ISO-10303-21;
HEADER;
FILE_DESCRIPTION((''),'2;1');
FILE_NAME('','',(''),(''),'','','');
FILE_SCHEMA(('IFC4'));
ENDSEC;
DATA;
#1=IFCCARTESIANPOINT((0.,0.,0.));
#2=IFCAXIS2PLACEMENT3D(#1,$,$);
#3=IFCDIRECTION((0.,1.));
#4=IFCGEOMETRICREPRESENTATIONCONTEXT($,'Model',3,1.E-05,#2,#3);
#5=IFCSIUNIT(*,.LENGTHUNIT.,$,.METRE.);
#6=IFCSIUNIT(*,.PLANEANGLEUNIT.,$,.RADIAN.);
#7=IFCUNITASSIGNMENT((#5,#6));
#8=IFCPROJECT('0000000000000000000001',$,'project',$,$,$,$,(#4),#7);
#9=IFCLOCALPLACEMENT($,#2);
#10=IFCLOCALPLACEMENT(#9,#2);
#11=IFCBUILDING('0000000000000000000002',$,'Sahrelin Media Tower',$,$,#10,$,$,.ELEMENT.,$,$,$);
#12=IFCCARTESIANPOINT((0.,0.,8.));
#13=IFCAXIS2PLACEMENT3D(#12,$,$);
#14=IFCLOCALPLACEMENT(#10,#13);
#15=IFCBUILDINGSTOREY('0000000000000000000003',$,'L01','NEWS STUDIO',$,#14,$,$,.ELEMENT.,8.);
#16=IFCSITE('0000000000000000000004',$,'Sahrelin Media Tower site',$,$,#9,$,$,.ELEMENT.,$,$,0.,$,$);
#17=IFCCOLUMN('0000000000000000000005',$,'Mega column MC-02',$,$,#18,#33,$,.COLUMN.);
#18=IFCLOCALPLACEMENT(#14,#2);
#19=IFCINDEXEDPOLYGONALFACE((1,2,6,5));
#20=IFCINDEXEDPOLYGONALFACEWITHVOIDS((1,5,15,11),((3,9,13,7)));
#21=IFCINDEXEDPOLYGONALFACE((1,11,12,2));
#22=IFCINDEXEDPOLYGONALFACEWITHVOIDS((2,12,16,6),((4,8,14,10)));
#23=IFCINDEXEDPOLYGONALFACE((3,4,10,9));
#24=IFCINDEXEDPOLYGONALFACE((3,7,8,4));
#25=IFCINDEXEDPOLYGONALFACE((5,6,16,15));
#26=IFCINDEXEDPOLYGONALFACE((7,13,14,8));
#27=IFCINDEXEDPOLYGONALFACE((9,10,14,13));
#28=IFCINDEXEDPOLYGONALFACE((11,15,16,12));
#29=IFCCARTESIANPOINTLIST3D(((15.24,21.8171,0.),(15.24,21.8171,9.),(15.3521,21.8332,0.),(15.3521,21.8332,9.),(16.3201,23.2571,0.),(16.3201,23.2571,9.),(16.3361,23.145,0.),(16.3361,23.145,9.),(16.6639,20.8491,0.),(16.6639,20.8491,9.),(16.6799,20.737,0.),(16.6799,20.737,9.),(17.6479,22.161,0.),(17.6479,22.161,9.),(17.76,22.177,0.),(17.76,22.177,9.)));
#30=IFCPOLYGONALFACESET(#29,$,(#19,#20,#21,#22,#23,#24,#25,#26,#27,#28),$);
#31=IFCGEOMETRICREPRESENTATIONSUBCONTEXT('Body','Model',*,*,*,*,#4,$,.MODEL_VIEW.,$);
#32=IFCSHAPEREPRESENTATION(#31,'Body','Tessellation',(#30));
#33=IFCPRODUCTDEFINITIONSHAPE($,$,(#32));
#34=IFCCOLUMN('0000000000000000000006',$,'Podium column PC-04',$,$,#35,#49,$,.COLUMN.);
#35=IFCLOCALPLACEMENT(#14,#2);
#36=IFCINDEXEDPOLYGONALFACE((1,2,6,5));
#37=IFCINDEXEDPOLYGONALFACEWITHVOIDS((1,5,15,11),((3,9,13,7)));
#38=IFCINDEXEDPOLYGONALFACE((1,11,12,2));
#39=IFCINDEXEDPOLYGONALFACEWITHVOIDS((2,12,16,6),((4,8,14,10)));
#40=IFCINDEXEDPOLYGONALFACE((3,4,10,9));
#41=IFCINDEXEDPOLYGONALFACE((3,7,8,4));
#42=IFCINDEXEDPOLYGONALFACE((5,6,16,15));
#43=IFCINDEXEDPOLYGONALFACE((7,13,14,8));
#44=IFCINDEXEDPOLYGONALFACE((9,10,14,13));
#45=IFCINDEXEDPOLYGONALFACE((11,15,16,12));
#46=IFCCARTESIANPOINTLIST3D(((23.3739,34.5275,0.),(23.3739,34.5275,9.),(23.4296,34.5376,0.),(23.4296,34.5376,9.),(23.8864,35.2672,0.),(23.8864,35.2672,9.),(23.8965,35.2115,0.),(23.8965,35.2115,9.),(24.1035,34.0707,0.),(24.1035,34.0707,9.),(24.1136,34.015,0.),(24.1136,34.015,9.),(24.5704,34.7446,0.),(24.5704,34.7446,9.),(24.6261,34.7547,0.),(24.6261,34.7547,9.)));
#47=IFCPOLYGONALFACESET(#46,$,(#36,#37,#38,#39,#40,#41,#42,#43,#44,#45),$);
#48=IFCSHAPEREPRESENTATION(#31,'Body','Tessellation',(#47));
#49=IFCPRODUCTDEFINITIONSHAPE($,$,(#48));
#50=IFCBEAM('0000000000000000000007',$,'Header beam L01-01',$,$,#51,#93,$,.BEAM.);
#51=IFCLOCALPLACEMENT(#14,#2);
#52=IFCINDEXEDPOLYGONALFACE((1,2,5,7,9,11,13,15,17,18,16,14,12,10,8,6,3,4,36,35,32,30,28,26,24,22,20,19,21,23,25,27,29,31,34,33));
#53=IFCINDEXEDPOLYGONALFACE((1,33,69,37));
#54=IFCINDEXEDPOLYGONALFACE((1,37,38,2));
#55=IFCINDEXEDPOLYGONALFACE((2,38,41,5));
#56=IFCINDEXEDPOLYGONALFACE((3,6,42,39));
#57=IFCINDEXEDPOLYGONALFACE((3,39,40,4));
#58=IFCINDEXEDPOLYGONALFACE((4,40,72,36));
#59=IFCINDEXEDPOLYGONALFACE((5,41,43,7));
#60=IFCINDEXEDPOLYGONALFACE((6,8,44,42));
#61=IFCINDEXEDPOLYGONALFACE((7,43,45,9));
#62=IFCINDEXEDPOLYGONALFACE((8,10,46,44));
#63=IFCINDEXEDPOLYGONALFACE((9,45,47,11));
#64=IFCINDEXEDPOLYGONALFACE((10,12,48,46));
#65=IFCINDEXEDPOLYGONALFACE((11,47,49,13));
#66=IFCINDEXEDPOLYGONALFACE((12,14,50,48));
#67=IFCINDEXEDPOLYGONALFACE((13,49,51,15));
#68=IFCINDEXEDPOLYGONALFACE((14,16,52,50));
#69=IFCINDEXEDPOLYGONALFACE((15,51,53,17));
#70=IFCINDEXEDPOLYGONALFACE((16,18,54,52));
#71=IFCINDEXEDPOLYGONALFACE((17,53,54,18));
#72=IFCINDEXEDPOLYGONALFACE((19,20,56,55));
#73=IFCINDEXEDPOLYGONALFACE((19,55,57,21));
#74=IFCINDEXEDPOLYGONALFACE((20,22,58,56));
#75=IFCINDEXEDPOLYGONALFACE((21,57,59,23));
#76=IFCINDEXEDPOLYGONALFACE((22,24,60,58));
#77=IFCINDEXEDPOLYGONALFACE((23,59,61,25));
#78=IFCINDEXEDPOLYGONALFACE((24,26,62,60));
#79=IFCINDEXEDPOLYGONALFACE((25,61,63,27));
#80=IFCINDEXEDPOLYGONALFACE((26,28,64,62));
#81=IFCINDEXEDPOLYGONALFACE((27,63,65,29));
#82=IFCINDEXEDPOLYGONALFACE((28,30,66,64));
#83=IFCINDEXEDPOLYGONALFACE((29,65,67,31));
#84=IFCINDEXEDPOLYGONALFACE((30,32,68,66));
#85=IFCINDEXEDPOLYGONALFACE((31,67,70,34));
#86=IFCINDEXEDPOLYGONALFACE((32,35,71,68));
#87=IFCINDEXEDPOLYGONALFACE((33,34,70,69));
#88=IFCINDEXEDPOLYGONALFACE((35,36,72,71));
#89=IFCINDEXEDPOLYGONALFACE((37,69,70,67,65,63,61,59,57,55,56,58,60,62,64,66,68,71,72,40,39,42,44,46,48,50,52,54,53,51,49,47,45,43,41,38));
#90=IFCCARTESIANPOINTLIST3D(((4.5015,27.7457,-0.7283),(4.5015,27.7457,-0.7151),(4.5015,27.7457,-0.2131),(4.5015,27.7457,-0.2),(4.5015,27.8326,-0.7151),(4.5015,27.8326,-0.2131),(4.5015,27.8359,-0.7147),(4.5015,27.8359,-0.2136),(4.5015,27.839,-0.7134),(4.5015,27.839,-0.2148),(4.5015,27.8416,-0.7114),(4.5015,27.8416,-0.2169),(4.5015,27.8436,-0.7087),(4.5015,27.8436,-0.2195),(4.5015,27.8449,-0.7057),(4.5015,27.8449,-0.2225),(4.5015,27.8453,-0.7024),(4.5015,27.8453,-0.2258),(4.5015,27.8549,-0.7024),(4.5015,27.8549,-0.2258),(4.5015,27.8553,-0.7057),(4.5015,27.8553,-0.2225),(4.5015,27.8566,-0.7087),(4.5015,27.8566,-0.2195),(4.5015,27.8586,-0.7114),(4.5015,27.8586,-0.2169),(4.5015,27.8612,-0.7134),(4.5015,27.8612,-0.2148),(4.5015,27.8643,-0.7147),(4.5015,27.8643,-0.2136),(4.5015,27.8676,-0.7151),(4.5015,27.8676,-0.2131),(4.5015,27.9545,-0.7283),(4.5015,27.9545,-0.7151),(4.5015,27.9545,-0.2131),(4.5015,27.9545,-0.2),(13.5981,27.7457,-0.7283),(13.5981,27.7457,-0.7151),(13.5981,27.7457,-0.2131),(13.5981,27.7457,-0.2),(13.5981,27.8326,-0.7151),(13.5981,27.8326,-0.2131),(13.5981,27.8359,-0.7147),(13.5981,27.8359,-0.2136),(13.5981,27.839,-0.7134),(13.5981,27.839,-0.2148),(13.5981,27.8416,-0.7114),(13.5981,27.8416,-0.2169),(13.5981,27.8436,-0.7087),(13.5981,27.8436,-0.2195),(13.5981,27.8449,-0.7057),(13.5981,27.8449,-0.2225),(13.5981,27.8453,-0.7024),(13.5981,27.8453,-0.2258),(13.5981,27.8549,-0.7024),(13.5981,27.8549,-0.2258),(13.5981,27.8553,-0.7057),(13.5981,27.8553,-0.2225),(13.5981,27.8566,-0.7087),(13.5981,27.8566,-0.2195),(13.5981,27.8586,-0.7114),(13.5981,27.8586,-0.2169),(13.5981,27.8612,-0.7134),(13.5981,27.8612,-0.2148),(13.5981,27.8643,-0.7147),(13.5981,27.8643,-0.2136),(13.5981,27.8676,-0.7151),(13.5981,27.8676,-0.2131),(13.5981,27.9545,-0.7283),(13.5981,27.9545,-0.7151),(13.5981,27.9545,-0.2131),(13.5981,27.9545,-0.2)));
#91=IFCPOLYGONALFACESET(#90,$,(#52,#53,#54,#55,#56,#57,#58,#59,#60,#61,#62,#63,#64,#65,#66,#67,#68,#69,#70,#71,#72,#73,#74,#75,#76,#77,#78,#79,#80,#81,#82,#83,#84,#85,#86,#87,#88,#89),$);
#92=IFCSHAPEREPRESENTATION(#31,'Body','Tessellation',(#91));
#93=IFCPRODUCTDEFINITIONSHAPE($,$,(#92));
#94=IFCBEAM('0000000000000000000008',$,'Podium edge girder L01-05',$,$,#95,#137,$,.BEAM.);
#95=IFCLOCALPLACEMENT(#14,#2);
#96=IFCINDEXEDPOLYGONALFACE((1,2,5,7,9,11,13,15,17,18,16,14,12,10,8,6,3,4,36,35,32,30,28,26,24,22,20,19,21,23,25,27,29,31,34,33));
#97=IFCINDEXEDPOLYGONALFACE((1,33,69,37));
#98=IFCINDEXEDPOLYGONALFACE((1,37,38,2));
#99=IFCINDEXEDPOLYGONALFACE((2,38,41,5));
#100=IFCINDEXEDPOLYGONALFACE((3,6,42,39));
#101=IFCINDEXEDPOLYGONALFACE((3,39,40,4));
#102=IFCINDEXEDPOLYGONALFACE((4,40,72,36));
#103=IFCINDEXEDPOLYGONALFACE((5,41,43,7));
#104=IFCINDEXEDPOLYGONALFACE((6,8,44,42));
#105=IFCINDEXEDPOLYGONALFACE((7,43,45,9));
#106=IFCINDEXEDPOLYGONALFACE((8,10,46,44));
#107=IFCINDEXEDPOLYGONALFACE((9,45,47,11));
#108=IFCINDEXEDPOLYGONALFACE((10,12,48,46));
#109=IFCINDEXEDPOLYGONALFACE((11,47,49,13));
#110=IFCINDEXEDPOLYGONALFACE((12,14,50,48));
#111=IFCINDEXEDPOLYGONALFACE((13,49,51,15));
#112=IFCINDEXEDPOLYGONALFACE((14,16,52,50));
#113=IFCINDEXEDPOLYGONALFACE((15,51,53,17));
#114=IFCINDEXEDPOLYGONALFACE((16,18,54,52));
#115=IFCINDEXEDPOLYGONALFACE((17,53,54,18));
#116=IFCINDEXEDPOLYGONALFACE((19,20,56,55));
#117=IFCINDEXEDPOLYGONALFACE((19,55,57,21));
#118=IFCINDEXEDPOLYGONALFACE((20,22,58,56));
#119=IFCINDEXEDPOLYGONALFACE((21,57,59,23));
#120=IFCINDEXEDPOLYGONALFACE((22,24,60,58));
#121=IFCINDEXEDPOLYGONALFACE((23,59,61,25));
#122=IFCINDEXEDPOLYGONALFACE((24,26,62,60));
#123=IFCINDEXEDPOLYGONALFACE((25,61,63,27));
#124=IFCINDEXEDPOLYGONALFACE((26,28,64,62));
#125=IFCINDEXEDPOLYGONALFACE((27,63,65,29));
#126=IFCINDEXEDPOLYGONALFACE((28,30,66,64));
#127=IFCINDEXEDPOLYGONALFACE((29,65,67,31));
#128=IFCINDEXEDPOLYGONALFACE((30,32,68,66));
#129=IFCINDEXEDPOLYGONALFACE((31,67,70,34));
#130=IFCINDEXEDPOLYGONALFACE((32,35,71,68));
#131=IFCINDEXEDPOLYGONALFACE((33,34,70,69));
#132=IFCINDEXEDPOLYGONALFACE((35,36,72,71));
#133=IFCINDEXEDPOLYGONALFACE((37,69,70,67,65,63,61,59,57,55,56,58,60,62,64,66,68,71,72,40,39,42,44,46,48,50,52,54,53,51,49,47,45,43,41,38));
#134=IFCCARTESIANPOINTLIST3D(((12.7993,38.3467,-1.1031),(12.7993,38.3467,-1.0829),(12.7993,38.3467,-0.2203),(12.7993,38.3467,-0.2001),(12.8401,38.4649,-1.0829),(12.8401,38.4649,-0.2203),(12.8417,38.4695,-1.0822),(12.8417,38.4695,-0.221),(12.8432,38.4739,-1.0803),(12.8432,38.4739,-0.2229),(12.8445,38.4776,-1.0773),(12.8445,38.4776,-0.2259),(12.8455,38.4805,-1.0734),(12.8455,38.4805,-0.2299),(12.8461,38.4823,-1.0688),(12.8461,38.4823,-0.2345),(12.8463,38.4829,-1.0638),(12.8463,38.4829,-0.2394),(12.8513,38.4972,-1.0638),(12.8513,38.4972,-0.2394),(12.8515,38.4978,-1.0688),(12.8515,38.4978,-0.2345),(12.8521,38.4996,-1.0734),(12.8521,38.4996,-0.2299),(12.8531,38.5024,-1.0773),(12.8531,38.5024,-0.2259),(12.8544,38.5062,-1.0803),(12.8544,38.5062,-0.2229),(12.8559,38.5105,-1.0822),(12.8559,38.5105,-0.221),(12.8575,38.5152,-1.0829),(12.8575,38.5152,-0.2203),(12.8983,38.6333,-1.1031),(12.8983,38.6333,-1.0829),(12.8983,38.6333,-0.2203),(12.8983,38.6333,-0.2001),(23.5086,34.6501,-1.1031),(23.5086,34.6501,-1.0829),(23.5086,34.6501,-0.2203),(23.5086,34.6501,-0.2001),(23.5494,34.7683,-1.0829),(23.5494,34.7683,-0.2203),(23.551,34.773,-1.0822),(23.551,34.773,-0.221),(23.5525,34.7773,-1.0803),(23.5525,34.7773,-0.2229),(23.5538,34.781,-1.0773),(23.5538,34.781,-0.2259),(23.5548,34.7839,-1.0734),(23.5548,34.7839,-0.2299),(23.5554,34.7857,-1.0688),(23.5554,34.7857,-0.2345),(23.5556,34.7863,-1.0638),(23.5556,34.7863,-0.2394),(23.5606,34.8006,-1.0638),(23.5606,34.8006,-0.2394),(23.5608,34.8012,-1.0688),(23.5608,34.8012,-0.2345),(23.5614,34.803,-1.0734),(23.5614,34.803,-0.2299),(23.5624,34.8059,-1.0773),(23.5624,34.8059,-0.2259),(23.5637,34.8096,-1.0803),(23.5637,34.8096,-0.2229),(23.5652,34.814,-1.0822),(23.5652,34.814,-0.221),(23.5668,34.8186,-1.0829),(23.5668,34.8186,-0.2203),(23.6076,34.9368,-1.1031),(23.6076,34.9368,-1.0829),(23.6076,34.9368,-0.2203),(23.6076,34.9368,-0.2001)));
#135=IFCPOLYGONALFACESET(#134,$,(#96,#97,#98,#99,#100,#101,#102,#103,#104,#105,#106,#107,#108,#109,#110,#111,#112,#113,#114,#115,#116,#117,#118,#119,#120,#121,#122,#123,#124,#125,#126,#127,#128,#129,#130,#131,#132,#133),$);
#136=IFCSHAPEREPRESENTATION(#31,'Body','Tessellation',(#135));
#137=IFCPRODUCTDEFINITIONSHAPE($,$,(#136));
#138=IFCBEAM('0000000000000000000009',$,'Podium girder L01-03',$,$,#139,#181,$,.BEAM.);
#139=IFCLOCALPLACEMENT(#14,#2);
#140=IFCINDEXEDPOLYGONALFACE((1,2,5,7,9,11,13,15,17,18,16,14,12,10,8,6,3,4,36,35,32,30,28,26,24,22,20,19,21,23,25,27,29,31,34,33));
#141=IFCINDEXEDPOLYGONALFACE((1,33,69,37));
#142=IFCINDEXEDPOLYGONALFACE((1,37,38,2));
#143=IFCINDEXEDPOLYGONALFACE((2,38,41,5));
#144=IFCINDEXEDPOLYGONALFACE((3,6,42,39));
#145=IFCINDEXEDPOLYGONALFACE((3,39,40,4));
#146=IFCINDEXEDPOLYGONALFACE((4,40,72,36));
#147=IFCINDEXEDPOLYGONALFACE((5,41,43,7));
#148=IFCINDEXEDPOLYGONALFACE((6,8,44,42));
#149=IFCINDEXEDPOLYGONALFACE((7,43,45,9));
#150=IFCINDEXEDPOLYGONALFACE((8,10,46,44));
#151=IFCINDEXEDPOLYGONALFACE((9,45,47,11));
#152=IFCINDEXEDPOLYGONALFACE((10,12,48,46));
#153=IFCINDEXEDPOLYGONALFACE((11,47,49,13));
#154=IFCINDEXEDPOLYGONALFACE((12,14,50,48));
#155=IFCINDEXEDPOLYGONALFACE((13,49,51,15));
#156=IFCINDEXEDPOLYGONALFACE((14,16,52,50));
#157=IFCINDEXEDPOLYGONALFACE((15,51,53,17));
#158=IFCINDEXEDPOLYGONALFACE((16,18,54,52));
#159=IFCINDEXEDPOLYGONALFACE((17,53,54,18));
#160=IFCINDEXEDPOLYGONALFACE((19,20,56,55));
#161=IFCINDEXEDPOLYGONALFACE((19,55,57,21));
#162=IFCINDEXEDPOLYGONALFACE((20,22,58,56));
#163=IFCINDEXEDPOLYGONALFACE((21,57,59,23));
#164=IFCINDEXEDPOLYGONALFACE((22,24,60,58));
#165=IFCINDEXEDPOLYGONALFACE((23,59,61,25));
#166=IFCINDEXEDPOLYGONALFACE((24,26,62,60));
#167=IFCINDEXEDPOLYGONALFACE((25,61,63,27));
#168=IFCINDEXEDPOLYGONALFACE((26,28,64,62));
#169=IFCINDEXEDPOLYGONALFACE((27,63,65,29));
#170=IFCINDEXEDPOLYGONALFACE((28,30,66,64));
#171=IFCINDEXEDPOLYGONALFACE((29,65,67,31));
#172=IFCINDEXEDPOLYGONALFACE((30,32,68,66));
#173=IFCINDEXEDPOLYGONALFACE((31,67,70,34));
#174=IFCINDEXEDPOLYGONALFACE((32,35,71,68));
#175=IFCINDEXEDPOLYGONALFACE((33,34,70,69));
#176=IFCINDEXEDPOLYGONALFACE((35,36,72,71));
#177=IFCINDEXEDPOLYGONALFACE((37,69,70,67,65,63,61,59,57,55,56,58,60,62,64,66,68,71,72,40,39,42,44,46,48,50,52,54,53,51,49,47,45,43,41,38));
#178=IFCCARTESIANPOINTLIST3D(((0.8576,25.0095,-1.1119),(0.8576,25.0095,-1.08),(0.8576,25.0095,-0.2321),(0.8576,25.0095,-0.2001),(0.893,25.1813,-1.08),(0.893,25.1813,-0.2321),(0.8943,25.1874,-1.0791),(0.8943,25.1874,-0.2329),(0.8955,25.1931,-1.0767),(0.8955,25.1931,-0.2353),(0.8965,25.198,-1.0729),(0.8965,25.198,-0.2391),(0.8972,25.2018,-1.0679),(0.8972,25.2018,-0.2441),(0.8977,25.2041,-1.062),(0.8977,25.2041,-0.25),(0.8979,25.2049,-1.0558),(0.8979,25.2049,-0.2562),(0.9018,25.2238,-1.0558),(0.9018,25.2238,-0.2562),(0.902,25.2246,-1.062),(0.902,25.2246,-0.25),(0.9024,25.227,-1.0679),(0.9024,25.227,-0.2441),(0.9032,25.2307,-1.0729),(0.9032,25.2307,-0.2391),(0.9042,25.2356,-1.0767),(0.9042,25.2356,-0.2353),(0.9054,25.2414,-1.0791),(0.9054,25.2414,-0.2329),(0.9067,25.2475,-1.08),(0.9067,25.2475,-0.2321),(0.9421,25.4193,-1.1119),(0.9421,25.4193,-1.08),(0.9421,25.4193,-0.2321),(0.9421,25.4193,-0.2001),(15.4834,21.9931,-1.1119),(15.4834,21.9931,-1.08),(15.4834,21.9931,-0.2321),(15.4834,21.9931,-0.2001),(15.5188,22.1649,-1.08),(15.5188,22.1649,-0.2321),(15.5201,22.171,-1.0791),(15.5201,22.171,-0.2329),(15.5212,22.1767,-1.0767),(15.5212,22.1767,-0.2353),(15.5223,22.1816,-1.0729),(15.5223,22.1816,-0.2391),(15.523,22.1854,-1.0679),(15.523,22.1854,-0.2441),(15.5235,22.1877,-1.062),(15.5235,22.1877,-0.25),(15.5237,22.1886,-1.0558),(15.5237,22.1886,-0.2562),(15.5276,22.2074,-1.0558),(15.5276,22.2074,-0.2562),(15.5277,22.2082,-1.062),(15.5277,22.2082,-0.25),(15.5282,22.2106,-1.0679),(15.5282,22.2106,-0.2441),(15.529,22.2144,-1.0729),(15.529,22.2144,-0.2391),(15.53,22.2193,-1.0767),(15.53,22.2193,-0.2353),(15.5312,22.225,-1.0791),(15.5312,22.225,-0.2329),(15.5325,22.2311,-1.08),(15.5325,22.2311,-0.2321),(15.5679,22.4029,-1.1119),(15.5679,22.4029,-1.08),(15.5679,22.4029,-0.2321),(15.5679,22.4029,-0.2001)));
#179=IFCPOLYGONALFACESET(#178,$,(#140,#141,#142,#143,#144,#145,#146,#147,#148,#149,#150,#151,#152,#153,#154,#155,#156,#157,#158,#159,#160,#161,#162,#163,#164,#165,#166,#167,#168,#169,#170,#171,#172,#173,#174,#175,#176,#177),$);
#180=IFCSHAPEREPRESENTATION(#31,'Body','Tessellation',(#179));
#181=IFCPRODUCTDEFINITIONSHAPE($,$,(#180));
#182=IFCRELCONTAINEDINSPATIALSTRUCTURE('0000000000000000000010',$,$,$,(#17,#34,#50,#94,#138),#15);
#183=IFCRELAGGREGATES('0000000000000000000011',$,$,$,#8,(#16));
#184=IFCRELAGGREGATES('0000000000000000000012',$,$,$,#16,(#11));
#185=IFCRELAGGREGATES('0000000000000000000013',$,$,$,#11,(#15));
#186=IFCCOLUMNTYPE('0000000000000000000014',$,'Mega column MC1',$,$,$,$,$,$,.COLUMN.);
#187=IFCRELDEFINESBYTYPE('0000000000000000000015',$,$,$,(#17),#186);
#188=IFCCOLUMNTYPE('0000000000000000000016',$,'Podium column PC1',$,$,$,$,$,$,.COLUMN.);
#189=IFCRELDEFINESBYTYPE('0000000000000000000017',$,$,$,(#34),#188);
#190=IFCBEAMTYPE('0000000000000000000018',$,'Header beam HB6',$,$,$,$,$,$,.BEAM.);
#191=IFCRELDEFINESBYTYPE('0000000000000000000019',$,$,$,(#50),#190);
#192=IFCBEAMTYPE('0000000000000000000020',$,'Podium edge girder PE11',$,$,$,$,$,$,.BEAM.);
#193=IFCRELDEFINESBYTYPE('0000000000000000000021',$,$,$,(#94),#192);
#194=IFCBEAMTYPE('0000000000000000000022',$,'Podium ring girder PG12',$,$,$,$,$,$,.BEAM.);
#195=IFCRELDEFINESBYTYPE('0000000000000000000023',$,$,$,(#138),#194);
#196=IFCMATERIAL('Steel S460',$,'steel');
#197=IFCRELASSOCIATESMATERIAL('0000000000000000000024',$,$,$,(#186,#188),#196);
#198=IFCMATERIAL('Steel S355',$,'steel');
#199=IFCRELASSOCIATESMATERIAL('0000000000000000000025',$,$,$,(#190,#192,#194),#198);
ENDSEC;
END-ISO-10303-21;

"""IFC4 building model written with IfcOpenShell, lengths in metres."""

from ifc_helpers import new_model, si_unit, direction, frame, origin, origin_2d, place, context, subcontext, project, spatial, hollow_rectangle, i_section, extrude, material, material_profile, profile_set, type_object, element, save


model = new_model("IFC4")

# Units and contexts
model_context = context("Model", 3, precision=1e-05, world=origin(), true_north=direction((0.0, 1.0)))
body_context = subcontext(model_context, "Body", "Model", "MODEL_VIEW")
ifc_project = project(units=[si_unit("LENGTHUNIT", "METRE"), si_unit("PLANEANGLEUNIT", "RADIAN")], contexts=[model_context])

# Site, building, storey
site_placement = place(None, origin())
site = spatial("IfcSite", under=ifc_project, at=site_placement, Name="Sahrelin Media Tower site", CompositionType="ELEMENT", RefElevation=0.0)
building_placement = place(site_placement, origin())
building = spatial("IfcBuilding", under=site, at=building_placement, Name="Sahrelin Media Tower", CompositionType="ELEMENT")
storey_placement = place(building_placement, frame((0.0, 0.0, 8.0)))
storey = spatial("IfcBuildingStorey", under=building, at=storey_placement, Name="L01", Description="NEWS STUDIO", CompositionType="ELEMENT", Elevation=8.0)

# Columns
ifc_material_1 = material(Name="Steel S460", Category="steel")
ifc_material_profile_1 = material_profile(ifc_material_1, hollow_rectangle(XDim=1.8, YDim=1.8, WallThickness=0.0801, at=origin_2d()), Name="Mega column MC1")
ifc_profile_set_1 = profile_set([ifc_material_profile_1], Name="Steel S460")
column_type_1 = type_object("IfcColumnType", Name="Mega column MC1", PredefinedType="COLUMN", material=ifc_profile_set_1)
column_1_placement = place(storey_placement, frame((16.5, 21.9971, 0.0), z_axis=(0.0, 0.0, 1.0), x_axis=(0.600052, 0.799961, 0.0)))
element("IfcColumn", 1, at=column_1_placement, inside=storey, type_object=column_type_1, Name="Mega column MC-02", PredefinedType="COLUMN", context=body_context, shape_type="SweptSolid", body=[
    extrude(hollow_rectangle(XDim=1.8, YDim=1.8, WallThickness=0.0801, at=origin_2d()), origin(), (0.0, 0.0, 1.0), 9.0),
])
ifc_material_profile_2 = material_profile(ifc_material_1, hollow_rectangle(XDim=0.8999, YDim=0.8999, WallThickness=0.04, at=origin_2d()), Name="Podium column PC1")
ifc_profile_set_2 = profile_set([ifc_material_profile_2], Name="Steel S460")
column_type_2 = type_object("IfcColumnType", Name="Podium column PC1", PredefinedType="COLUMN", material=ifc_profile_set_2)
column_2_placement = place(storey_placement, frame((24.0, 34.6411, 0.0), z_axis=(0.0, 0.0, 1.0), x_axis=(0.569495, 0.821995, 0.0)))
element("IfcColumn", 2, at=column_2_placement, inside=storey, type_object=column_type_2, Name="Podium column PC-04", PredefinedType="COLUMN", context=body_context, shape_type="SweptSolid", body=[
    extrude(hollow_rectangle(XDim=0.8999, YDim=0.8999, WallThickness=0.04, at=origin_2d()), origin(), (0.0, 0.0, 1.0), 9.0),
])

# Beams
ifc_material_2 = material(Name="Steel S355", Category="steel")
ifc_material_profile_3 = material_profile(ifc_material_2, i_section(OverallWidth=0.2087, OverallDepth=0.5283, WebThickness=0.0095, FlangeThickness=0.0132, FilletRadius=0.0127, at=origin_2d()), Name="UB 533x210x82")
ifc_profile_set_3 = profile_set([ifc_material_profile_3], Name="Steel S355")
beam_type_1 = type_object("IfcBeamType", Name="Header beam HB6", PredefinedType="BEAM", material=ifc_profile_set_3)
beam_1_placement = place(storey_placement, frame((13.5981, 27.8501, -0.4641), z_axis=(-1.0, 0.0, 0.0), x_axis=(0.0, -1.0, 0.0)))
element("IfcBeam", 3, at=beam_1_placement, inside=storey, type_object=beam_type_1, Name="Header beam L01-01", PredefinedType="BEAM", context=body_context, shape_type="SweptSolid", body=[
    extrude(i_section(OverallWidth=0.2087, OverallDepth=0.5283, WebThickness=0.0095, FlangeThickness=0.0132, FilletRadius=0.0127, at=origin_2d()), origin(), (0.0, 0.0, 1.0), 9.0967),
])
ifc_material_profile_4 = material_profile(ifc_material_2, i_section(OverallWidth=0.3032, OverallDepth=0.9031, WebThickness=0.0151, FlangeThickness=0.0203, FilletRadius=0.019, at=origin_2d()), Name="UB 914x305x201")
ifc_profile_set_4 = profile_set([ifc_material_profile_4], Name="Steel S355")
beam_type_2 = type_object("IfcBeamType", Name="Podium edge girder PE11", PredefinedType="BEAM", material=ifc_profile_set_4)
beam_2_placement = place(storey_placement, frame((23.5581, 34.7935, -0.6516), z_axis=(-0.945272, 0.326282, 0.0), x_axis=(-0.326282, -0.945272, 0.0)))
element("IfcBeam", 4, at=beam_2_placement, inside=storey, type_object=beam_type_2, Name="Podium edge girder L01-05", PredefinedType="BEAM", context=body_context, shape_type="SweptSolid", body=[
    extrude(i_section(OverallWidth=0.3032, OverallDepth=0.9031, WebThickness=0.0151, FlangeThickness=0.0203, FilletRadius=0.019, at=origin_2d()), origin(), (0.0, 0.0, 1.0), 11.3293),
])
ifc_material_profile_5 = material_profile(ifc_material_2, i_section(OverallWidth=0.4185, OverallDepth=0.9119, WebThickness=0.0193, FlangeThickness=0.032, FilletRadius=0.0242, at=origin_2d()), Name="UB 914x419x343")
ifc_profile_set_5 = profile_set([ifc_material_profile_5], Name="Steel S355")
beam_type_3 = type_object("IfcBeamType", Name="Podium ring girder PG12", PredefinedType="BEAM", material=ifc_profile_set_5)
beam_3_placement = place(storey_placement, frame((15.5256, 22.198, -0.656), z_axis=(-0.979389, 0.201985, 0.0), x_axis=(-0.201985, -0.979389, 0.0)))
element("IfcBeam", 5, at=beam_3_placement, inside=storey, type_object=beam_type_3, Name="Podium girder L01-03", PredefinedType="BEAM", context=body_context, shape_type="SweptSolid", body=[
    extrude(i_section(OverallWidth=0.4185, OverallDepth=0.9119, WebThickness=0.0193, FlangeThickness=0.032, FilletRadius=0.0242, at=origin_2d()), origin(), (0.0, 0.0, 1.0), 14.9336),
])

save(model, "model.ifc")
